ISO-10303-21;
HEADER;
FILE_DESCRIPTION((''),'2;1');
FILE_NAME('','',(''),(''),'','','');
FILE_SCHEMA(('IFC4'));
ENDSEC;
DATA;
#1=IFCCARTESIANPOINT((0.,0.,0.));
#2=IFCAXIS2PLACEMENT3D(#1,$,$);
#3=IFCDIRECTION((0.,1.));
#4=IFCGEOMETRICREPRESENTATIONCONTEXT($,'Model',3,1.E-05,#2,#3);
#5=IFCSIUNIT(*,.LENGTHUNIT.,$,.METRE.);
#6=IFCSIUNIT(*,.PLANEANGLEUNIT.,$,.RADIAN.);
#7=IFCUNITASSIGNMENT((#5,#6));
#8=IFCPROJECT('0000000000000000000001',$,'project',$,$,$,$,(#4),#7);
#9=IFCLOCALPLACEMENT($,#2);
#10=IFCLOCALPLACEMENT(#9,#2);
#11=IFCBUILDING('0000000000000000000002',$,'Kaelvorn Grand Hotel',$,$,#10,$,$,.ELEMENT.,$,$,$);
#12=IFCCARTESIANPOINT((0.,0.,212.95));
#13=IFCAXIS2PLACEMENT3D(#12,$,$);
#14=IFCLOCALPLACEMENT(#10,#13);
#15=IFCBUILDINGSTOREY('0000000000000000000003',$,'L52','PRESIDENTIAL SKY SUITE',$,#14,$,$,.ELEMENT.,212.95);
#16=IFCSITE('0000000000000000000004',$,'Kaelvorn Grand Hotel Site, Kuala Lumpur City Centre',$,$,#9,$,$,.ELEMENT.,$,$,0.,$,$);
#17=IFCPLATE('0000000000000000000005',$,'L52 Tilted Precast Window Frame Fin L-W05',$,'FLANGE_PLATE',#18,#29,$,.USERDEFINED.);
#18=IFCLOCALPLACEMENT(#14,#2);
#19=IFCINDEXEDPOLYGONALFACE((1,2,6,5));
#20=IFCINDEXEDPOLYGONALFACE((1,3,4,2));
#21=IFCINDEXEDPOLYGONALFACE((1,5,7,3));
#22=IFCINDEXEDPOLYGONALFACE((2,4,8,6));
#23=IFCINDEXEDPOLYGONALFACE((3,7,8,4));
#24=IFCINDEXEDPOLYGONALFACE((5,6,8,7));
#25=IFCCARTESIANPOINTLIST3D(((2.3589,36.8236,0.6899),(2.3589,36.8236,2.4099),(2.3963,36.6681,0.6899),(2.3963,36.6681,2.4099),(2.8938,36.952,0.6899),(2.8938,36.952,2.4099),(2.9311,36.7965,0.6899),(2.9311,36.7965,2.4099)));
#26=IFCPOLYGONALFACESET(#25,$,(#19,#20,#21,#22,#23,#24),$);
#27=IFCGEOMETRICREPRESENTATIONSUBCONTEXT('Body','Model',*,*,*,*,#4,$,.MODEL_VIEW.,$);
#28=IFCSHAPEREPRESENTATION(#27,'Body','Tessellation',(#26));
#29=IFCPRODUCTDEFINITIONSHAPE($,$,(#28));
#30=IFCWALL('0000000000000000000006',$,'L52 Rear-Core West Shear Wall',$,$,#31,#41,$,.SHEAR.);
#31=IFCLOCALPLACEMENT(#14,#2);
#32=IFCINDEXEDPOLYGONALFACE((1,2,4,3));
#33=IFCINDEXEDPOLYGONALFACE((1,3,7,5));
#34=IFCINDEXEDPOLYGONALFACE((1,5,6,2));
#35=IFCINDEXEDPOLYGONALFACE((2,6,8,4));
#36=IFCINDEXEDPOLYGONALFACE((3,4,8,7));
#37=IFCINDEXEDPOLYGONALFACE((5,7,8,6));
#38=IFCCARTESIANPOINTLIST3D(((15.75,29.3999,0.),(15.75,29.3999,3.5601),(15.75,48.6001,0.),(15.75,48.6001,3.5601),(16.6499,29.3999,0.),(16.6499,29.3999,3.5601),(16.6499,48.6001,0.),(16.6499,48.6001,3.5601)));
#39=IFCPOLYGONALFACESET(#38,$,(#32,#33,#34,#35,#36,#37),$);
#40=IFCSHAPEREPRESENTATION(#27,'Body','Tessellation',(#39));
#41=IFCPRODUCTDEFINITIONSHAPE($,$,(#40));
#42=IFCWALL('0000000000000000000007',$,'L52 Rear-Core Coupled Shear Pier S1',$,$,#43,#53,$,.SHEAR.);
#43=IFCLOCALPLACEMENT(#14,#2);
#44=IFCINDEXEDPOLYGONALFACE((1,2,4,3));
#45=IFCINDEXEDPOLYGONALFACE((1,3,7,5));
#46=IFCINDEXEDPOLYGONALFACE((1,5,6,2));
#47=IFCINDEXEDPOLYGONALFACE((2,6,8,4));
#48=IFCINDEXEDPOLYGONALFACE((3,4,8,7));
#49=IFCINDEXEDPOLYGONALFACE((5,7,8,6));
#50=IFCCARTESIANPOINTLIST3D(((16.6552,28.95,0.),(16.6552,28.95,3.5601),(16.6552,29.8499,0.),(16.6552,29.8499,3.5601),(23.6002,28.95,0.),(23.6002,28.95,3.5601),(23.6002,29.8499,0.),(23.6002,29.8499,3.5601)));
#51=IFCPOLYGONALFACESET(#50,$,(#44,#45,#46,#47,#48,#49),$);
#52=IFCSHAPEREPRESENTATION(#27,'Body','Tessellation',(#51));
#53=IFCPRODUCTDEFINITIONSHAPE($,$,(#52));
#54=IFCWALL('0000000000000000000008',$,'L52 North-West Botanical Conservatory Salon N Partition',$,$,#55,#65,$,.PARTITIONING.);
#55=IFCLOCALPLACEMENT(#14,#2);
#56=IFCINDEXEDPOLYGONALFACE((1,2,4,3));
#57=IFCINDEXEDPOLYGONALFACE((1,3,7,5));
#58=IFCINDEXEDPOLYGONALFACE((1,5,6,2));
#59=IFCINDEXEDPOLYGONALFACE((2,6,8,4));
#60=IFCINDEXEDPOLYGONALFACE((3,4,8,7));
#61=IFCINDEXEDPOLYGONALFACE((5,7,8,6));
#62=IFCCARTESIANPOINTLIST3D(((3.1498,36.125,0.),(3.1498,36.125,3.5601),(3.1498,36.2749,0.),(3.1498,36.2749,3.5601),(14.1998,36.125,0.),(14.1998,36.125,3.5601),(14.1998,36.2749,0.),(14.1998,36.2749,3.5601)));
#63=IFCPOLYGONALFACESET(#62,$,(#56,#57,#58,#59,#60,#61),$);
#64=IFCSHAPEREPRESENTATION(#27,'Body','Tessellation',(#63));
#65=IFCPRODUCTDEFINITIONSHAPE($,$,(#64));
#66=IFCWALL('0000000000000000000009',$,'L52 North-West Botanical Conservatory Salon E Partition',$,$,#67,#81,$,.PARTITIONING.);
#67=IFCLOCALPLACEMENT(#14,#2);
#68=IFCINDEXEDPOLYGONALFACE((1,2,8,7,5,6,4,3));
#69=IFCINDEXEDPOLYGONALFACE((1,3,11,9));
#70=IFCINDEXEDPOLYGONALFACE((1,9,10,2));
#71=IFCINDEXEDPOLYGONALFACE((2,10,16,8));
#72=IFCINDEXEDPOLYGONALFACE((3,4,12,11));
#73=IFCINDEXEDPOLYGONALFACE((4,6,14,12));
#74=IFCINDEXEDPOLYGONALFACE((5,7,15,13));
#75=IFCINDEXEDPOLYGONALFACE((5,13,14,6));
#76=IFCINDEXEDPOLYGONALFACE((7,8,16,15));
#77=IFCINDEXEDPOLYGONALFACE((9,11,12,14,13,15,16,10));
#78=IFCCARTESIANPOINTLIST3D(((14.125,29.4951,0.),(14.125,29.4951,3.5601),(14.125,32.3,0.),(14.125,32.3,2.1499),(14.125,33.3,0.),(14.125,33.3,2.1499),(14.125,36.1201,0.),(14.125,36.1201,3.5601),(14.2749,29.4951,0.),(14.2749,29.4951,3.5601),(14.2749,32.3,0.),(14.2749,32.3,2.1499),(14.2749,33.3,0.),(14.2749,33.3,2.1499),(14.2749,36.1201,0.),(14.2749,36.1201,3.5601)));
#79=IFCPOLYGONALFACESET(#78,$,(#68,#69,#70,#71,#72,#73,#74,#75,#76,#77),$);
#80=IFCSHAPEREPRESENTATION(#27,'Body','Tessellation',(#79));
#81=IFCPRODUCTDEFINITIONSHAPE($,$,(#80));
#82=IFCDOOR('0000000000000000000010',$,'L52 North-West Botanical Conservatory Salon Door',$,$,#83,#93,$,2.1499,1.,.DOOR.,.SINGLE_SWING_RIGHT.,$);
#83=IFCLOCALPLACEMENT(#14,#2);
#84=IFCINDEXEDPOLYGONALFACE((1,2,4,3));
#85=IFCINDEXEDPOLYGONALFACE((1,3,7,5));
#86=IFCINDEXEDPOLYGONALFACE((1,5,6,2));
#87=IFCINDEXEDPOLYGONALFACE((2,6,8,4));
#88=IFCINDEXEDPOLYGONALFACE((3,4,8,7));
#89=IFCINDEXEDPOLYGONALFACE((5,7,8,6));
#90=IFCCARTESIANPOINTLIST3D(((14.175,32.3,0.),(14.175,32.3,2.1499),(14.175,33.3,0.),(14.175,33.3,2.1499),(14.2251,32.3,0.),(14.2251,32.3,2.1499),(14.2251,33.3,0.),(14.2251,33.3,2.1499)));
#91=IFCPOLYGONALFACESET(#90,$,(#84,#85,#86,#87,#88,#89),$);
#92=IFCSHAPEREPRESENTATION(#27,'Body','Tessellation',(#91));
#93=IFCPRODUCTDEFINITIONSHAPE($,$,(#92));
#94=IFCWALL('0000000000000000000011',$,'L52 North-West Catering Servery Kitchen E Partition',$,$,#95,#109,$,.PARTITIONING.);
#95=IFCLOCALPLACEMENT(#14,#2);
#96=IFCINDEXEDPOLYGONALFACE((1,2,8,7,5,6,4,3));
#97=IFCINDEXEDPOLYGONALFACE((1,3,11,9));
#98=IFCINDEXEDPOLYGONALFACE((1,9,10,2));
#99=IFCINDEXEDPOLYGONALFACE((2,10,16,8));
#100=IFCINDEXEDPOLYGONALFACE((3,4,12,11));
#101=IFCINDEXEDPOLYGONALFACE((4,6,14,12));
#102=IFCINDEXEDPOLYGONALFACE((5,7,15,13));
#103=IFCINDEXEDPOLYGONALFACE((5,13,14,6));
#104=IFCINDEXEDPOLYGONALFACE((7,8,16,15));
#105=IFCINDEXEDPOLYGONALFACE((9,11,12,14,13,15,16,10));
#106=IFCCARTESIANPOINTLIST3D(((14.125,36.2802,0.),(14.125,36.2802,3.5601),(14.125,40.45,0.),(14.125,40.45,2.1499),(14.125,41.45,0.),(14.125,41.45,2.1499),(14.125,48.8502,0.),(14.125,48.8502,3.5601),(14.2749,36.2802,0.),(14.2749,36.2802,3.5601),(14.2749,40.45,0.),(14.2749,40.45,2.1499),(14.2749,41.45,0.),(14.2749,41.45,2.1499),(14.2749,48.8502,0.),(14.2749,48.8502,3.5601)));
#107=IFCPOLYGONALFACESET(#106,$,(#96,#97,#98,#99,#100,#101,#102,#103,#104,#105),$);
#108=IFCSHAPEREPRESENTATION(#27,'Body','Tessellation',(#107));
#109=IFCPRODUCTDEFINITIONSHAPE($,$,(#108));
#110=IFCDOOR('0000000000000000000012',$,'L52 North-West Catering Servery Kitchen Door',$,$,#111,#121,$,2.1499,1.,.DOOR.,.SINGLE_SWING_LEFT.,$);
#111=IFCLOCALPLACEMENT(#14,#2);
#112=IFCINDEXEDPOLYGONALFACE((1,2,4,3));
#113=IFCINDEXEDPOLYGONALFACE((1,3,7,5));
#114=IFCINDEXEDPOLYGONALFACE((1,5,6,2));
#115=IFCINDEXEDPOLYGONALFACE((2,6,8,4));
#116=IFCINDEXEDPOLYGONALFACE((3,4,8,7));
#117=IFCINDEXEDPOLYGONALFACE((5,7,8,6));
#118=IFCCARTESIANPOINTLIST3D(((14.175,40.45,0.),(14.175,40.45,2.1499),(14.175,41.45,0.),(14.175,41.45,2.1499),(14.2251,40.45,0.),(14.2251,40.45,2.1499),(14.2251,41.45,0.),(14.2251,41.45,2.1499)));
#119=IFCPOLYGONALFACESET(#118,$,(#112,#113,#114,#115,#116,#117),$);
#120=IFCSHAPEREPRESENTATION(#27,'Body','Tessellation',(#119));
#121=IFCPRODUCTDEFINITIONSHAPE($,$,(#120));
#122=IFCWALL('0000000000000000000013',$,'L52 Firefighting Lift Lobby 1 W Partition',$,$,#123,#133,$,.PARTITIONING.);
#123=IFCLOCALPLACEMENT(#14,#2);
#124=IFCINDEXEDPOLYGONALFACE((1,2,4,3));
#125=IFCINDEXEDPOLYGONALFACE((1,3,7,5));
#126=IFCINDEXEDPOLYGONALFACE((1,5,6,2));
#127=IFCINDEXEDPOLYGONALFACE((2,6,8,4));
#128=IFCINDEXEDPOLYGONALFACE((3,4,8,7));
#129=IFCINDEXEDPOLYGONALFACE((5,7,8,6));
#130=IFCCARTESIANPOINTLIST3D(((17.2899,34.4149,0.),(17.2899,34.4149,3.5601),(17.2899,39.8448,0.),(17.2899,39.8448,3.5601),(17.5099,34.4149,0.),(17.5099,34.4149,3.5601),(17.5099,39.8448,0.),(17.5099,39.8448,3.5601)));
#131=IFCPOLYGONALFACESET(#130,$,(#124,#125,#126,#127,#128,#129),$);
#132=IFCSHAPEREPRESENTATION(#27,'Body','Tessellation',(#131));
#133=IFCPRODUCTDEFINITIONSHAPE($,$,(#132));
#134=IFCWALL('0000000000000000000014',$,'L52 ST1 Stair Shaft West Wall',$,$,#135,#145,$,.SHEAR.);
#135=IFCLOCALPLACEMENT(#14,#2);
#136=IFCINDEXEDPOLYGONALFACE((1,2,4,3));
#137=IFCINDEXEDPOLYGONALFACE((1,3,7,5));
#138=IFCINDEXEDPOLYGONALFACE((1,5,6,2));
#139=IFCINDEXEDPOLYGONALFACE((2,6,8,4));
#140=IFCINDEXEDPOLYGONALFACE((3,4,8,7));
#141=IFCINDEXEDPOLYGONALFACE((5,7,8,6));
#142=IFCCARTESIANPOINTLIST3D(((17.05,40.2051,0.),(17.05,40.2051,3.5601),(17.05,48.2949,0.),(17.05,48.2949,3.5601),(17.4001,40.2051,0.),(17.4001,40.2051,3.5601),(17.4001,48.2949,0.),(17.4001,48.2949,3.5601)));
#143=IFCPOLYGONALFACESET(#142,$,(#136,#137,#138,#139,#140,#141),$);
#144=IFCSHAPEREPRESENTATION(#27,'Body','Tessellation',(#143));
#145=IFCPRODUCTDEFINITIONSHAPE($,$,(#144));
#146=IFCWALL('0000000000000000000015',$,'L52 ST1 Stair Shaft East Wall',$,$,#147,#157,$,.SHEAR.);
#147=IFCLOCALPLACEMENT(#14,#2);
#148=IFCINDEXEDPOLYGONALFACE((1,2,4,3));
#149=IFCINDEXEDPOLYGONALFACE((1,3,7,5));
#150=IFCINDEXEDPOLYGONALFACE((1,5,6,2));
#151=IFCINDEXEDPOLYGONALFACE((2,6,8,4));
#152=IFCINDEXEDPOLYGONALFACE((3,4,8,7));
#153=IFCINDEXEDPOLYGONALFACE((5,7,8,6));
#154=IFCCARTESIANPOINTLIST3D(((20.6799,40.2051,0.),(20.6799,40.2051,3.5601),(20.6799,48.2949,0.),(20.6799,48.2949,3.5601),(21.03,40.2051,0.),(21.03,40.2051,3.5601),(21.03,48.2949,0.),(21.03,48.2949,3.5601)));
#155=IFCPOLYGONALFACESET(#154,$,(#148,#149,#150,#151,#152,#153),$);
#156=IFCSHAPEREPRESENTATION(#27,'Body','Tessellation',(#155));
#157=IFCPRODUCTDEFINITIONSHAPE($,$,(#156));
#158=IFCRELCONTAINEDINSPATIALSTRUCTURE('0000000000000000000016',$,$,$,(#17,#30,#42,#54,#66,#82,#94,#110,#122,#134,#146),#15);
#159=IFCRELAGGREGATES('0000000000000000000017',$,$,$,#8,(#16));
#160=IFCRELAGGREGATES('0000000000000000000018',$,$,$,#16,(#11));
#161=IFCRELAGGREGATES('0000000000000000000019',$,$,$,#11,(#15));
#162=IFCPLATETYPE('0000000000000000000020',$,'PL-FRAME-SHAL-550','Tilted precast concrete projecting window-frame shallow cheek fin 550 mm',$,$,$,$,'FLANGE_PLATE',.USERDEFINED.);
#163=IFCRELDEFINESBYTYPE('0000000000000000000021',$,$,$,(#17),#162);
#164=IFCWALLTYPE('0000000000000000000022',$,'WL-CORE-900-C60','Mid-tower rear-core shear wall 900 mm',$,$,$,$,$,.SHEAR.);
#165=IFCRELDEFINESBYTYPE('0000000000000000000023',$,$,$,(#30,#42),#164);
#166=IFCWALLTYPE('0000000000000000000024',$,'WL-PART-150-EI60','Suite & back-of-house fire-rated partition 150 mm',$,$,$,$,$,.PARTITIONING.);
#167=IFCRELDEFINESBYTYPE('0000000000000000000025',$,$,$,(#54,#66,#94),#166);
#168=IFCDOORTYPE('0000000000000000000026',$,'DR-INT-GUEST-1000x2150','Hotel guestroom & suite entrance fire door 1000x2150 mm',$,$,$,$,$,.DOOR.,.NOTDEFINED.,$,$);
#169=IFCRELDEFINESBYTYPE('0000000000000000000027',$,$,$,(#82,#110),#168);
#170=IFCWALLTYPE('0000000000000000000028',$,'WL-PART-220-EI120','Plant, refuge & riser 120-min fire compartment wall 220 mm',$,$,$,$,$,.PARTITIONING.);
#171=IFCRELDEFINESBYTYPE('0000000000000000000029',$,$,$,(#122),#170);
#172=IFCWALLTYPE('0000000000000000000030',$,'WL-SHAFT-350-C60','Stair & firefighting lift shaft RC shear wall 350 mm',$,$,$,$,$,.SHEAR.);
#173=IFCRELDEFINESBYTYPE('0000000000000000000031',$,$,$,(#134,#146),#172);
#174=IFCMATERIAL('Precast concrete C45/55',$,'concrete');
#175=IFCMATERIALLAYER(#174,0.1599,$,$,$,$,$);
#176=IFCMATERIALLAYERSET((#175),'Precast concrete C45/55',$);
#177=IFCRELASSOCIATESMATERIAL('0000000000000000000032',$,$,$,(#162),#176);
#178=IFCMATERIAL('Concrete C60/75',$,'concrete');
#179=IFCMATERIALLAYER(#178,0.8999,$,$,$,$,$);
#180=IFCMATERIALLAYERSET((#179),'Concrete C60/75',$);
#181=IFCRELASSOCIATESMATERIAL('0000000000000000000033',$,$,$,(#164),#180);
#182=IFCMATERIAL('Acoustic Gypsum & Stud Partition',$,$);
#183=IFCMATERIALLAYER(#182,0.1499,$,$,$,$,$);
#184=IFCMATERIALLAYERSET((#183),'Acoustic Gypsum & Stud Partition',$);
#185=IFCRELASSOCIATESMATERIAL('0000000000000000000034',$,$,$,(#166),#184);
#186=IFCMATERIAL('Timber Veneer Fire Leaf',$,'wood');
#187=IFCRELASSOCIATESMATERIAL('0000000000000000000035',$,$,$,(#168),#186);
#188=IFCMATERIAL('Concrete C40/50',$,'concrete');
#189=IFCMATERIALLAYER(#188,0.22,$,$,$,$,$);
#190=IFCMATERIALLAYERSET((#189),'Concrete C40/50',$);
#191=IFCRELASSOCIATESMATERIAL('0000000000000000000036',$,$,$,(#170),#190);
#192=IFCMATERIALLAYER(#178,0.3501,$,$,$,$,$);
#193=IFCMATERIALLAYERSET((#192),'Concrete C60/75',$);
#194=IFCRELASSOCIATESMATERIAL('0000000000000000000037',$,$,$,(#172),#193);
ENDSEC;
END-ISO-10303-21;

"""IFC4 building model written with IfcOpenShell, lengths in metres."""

from ifc_helpers import new_model, si_unit, direction, frame, frame_2d, origin, origin_2d, place, context, subcontext, project, spatial, rectangle, extrude, material, layer, layer_set, type_object, element, fill, save


model = new_model("IFC4")

# Units and contexts
model_context = context("Model", 3, precision=1e-05, world=origin(), true_north=direction((0.0, 1.0)))
body_context = subcontext(model_context, "Body", "Model", "MODEL_VIEW")
ifc_project = project(units=[si_unit("LENGTHUNIT", "METRE"), si_unit("PLANEANGLEUNIT", "RADIAN")], contexts=[model_context])

# Site, building, storey
site_placement = place(None, origin())
site = spatial("IfcSite", under=ifc_project, at=site_placement, Name="Kaelvorn Grand Hotel Site, Kuala Lumpur City Centre", CompositionType="ELEMENT", RefElevation=0.0)
building_placement = place(site_placement, origin())
building = spatial("IfcBuilding", under=site, at=building_placement, Name="Kaelvorn Grand Hotel", CompositionType="ELEMENT")
storey_placement = place(building_placement, frame((0.0, 0.0, 212.95)))
storey = spatial("IfcBuildingStorey", under=building, at=storey_placement, Name="L52", Description="PRESIDENTIAL SKY SUITE", CompositionType="ELEMENT", Elevation=212.95)

# Shared definitions
ifc_material_1 = material(Name="Concrete C60/75", Category="concrete")

# Plate
ifc_material_2 = material(Name="Precast concrete C45/55", Category="concrete")
ifc_layer_1 = layer(ifc_material_2, 0.1599)
ifc_layer_set_1 = layer_set([ifc_layer_1], Name="Precast concrete C45/55")
plate_type_1 = type_object("IfcPlateType", Name="PL-FRAME-SHAL-550", Description="Tilted precast concrete projecting window-frame shallow cheek fin 550 mm", ElementType="FLANGE_PLATE", PredefinedType="USERDEFINED", material=ifc_layer_set_1)
for number, where, z_axis, x_axis, name in (
    (1, (2.645, 36.8101, 0.6899), (0.0, 0.0, 1.0), (-0.233445, 0.97237, 0.0), "L52 Tilted Precast Window Frame Fin L-W05"),
):
    element("IfcPlate", number, at=place(storey_placement, frame(where, z_axis=z_axis, x_axis=x_axis)), inside=storey, type_object=plate_type_1, Name=name, ObjectType="FLANGE_PLATE", PredefinedType="USERDEFINED", context=body_context, shape_type="SweptSolid", body=[
        extrude(rectangle(XDim=0.1599, YDim=0.55, at=origin_2d()), origin(), (0.0, 0.0, 1.0), 1.72),
    ])

# Walls
ifc_layer_2 = layer(ifc_material_1, 0.8999)
ifc_layer_set_2 = layer_set([ifc_layer_2], Name="Concrete C60/75")
wall_type_1 = type_object("IfcWallType", Name="WL-CORE-900-C60", Description="Mid-tower rear-core shear wall 900 mm", PredefinedType="SHEAR", material=ifc_layer_set_2)
wall_1_placement = place(storey_placement, frame((16.2, 29.3999, 0.0), z_axis=(0.0, 0.0, 1.0), x_axis=(0.0, 1.0, 0.0)))
element("IfcWall", 2, at=wall_1_placement, inside=storey, type_object=wall_type_1, Name="L52 Rear-Core West Shear Wall", PredefinedType="SHEAR", context=body_context, shape_type="SweptSolid", body=[
    extrude(rectangle(XDim=19.2002, YDim=0.8999, at=frame_2d((9.6001, 0.0))), origin(), (0.0, 0.0, 1.0), 3.5601),
])
wall_2_placement = place(storey_placement, frame((16.655, 29.3999, 0.0), z_axis=(0.0, 0.0, 1.0), x_axis=(1.0, 0.0, 0.0)))
element("IfcWall", 3, at=wall_2_placement, inside=storey, type_object=wall_type_1, Name="L52 Rear-Core Coupled Shear Pier S1", PredefinedType="SHEAR", context=body_context, shape_type="SweptSolid", body=[
    extrude(rectangle(XDim=6.9451, YDim=0.8999, at=frame_2d((3.4727, 0.0))), origin(), (0.0, 0.0, 1.0), 3.5601),
])
ifc_material_3 = material(Name="Acoustic Gypsum & Stud Partition")
ifc_layer_3 = layer(ifc_material_3, 0.1499)
ifc_layer_set_3 = layer_set([ifc_layer_3], Name="Acoustic Gypsum & Stud Partition")
wall_type_2 = type_object("IfcWallType", Name="WL-PART-150-EI60", Description="Suite & back-of-house fire-rated partition 150 mm", PredefinedType="PARTITIONING", material=ifc_layer_set_3)
wall_3_placement = place(storey_placement, frame((3.1499, 36.2, 0.0), z_axis=(0.0, 0.0, 1.0), x_axis=(1.0, 0.0, 0.0)))
element("IfcWall", 4, at=wall_3_placement, inside=storey, type_object=wall_type_2, Name="L52 North-West Botanical Conservatory Salon N Partition", PredefinedType="PARTITIONING", context=body_context, shape_type="SweptSolid", body=[
    extrude(rectangle(XDim=11.05, YDim=0.1499, at=frame_2d((5.5249, 0.0))), origin(), (0.0, 0.0, 1.0), 3.5601),
])

# Walls, openings, doors
wall_4_placement = place(storey_placement, frame((14.2, 29.4951, 0.0), z_axis=(0.0, 0.0, 1.0), x_axis=(0.0, 1.0, 0.0)))
wall_4 = element("IfcWall", 5, at=wall_4_placement, inside=storey, type_object=wall_type_2, Name="L52 North-West Botanical Conservatory Salon E Partition", PredefinedType="PARTITIONING", context=body_context, shape_type="SweptSolid", body=[
    extrude(rectangle(XDim=6.625, YDim=0.1499, at=frame_2d((3.3125, 0.0))), origin(), (0.0, 0.0, 1.0), 3.5601),
])
opening_1_placement = place(wall_4_placement, frame((2.8049, 0.0, 0.0)))
opening_1 = element("IfcOpeningElement", 6, at=opening_1_placement, cuts=wall_4, PredefinedType="OPENING", context=body_context, shape_type="SweptSolid", body=[
    extrude(rectangle(XDim=1.0, YDim=2.1499, at=frame_2d((0.5, 1.075))), frame((0.0, 0.085, 0.0), z_axis=(0.0, -1.0, 0.0), x_axis=(1.0, 0.0, 0.0)), (0.0, 0.0, 1.0), 0.1699),
])
ifc_material_4 = material(Name="Timber Veneer Fire Leaf", Category="wood")
door_type_1 = type_object("IfcDoorType", Name="DR-INT-GUEST-1000x2150", Description="Hotel guestroom & suite entrance fire door 1000x2150 mm", OperationType="NOTDEFINED", PredefinedType="DOOR", material=ifc_material_4)
door_1_placement = place(opening_1_placement, origin())
door_1 = element("IfcDoor", 7, at=door_1_placement, inside=storey, type_object=door_type_1, Name="L52 North-West Botanical Conservatory Salon Door", OperationType="SINGLE_SWING_RIGHT", OverallHeight=2.1499, OverallWidth=1.0, PredefinedType="DOOR", context=body_context, shape_type="SweptSolid", body=[
    extrude(rectangle(XDim=1.0, YDim=2.1499, at=frame_2d((0.5, 1.075))), frame((0.0, 0.0249, 0.0), z_axis=(0.0, -1.0, 0.0), x_axis=(1.0, 0.0, 0.0)), (0.0, 0.0, 1.0), 0.05),
])
fill(opening_1, door_1)
wall_5_placement = place(storey_placement, frame((14.2, 36.28, 0.0), z_axis=(0.0, 0.0, 1.0), x_axis=(0.0, 1.0, 0.0)))
wall_5 = element("IfcWall", 8, at=wall_5_placement, inside=storey, type_object=wall_type_2, Name="L52 North-West Catering Servery Kitchen E Partition", PredefinedType="PARTITIONING", context=body_context, shape_type="SweptSolid", body=[
    extrude(rectangle(XDim=12.5701, YDim=0.1499, at=frame_2d((6.2852, 0.0))), origin(), (0.0, 0.0, 1.0), 3.5601),
])
opening_2_placement = place(wall_5_placement, frame((4.1699, 0.0, 0.0)))
opening_2 = element("IfcOpeningElement", 9, at=opening_2_placement, cuts=wall_5, PredefinedType="OPENING", context=body_context, shape_type="SweptSolid", body=[
    extrude(rectangle(XDim=1.0, YDim=2.1499, at=frame_2d((0.5, 1.075))), frame((0.0, 0.085, 0.0), z_axis=(0.0, -1.0, 0.0), x_axis=(1.0, 0.0, 0.0)), (0.0, 0.0, 1.0), 0.1699),
])
door_2_placement = place(opening_2_placement, origin())
door_2 = element("IfcDoor", 10, at=door_2_placement, inside=storey, type_object=door_type_1, Name="L52 North-West Catering Servery Kitchen Door", OperationType="SINGLE_SWING_LEFT", OverallHeight=2.1499, OverallWidth=1.0, PredefinedType="DOOR", context=body_context, shape_type="SweptSolid", body=[
    extrude(rectangle(XDim=1.0, YDim=2.1499, at=frame_2d((0.5, 1.075))), frame((0.0, 0.0249, 0.0), z_axis=(0.0, -1.0, 0.0), x_axis=(1.0, 0.0, 0.0)), (0.0, 0.0, 1.0), 0.05),
])
fill(opening_2, door_2)
ifc_material_5 = material(Name="Concrete C40/50", Category="concrete")
ifc_layer_4 = layer(ifc_material_5, 0.22)
ifc_layer_set_4 = layer_set([ifc_layer_4], Name="Concrete C40/50")
wall_type_3 = type_object("IfcWallType", Name="WL-PART-220-EI120", Description="Plant, refuge & riser 120-min fire compartment wall 220 mm", PredefinedType="PARTITIONING", material=ifc_layer_set_4)

# Wall
wall_6_placement = place(storey_placement, frame((17.3999, 34.415, 0.0), z_axis=(0.0, 0.0, 1.0), x_axis=(0.0, 1.0, 0.0)))
element("IfcWall", 11, at=wall_6_placement, inside=storey, type_object=wall_type_3, Name="L52 Firefighting Lift Lobby 1 W Partition", PredefinedType="PARTITIONING", context=body_context, shape_type="SweptSolid", body=[
    extrude(rectangle(XDim=5.4299, YDim=0.22, at=frame_2d((2.7148, 0.0))), origin(), (0.0, 0.0, 1.0), 3.5601),
])

# Shared definitions
ifc_layer_5 = layer(ifc_material_1, 0.3501)
ifc_layer_set_5 = layer_set([ifc_layer_5], Name="Concrete C60/75")
wall_type_4 = type_object("IfcWallType", Name="WL-SHAFT-350-C60", Description="Stair & firefighting lift shaft RC shear wall 350 mm", PredefinedType="SHEAR", material=ifc_layer_set_5)

# Walls
for number, where, z_axis, x_axis, name in (
    (12, (17.2251, 40.2051, 0.0), (0.0, 0.0, 1.0), (0.0, 1.0, 0.0), "L52 ST1 Stair Shaft West Wall"),
    (13, (20.855, 40.2051, 0.0), (0.0, 0.0, 1.0), (0.0, 1.0, 0.0), "L52 ST1 Stair Shaft East Wall"),
):
    element("IfcWall", number, at=place(storey_placement, frame(where, z_axis=z_axis, x_axis=x_axis)), inside=storey, type_object=wall_type_4, Name=name, PredefinedType="SHEAR", context=body_context, shape_type="SweptSolid", body=[
        extrude(rectangle(XDim=8.0898, YDim=0.3501, at=frame_2d((4.0449, 0.0))), origin(), (0.0, 0.0, 1.0), 3.5601),
    ])

save(model, "model.ifc")
